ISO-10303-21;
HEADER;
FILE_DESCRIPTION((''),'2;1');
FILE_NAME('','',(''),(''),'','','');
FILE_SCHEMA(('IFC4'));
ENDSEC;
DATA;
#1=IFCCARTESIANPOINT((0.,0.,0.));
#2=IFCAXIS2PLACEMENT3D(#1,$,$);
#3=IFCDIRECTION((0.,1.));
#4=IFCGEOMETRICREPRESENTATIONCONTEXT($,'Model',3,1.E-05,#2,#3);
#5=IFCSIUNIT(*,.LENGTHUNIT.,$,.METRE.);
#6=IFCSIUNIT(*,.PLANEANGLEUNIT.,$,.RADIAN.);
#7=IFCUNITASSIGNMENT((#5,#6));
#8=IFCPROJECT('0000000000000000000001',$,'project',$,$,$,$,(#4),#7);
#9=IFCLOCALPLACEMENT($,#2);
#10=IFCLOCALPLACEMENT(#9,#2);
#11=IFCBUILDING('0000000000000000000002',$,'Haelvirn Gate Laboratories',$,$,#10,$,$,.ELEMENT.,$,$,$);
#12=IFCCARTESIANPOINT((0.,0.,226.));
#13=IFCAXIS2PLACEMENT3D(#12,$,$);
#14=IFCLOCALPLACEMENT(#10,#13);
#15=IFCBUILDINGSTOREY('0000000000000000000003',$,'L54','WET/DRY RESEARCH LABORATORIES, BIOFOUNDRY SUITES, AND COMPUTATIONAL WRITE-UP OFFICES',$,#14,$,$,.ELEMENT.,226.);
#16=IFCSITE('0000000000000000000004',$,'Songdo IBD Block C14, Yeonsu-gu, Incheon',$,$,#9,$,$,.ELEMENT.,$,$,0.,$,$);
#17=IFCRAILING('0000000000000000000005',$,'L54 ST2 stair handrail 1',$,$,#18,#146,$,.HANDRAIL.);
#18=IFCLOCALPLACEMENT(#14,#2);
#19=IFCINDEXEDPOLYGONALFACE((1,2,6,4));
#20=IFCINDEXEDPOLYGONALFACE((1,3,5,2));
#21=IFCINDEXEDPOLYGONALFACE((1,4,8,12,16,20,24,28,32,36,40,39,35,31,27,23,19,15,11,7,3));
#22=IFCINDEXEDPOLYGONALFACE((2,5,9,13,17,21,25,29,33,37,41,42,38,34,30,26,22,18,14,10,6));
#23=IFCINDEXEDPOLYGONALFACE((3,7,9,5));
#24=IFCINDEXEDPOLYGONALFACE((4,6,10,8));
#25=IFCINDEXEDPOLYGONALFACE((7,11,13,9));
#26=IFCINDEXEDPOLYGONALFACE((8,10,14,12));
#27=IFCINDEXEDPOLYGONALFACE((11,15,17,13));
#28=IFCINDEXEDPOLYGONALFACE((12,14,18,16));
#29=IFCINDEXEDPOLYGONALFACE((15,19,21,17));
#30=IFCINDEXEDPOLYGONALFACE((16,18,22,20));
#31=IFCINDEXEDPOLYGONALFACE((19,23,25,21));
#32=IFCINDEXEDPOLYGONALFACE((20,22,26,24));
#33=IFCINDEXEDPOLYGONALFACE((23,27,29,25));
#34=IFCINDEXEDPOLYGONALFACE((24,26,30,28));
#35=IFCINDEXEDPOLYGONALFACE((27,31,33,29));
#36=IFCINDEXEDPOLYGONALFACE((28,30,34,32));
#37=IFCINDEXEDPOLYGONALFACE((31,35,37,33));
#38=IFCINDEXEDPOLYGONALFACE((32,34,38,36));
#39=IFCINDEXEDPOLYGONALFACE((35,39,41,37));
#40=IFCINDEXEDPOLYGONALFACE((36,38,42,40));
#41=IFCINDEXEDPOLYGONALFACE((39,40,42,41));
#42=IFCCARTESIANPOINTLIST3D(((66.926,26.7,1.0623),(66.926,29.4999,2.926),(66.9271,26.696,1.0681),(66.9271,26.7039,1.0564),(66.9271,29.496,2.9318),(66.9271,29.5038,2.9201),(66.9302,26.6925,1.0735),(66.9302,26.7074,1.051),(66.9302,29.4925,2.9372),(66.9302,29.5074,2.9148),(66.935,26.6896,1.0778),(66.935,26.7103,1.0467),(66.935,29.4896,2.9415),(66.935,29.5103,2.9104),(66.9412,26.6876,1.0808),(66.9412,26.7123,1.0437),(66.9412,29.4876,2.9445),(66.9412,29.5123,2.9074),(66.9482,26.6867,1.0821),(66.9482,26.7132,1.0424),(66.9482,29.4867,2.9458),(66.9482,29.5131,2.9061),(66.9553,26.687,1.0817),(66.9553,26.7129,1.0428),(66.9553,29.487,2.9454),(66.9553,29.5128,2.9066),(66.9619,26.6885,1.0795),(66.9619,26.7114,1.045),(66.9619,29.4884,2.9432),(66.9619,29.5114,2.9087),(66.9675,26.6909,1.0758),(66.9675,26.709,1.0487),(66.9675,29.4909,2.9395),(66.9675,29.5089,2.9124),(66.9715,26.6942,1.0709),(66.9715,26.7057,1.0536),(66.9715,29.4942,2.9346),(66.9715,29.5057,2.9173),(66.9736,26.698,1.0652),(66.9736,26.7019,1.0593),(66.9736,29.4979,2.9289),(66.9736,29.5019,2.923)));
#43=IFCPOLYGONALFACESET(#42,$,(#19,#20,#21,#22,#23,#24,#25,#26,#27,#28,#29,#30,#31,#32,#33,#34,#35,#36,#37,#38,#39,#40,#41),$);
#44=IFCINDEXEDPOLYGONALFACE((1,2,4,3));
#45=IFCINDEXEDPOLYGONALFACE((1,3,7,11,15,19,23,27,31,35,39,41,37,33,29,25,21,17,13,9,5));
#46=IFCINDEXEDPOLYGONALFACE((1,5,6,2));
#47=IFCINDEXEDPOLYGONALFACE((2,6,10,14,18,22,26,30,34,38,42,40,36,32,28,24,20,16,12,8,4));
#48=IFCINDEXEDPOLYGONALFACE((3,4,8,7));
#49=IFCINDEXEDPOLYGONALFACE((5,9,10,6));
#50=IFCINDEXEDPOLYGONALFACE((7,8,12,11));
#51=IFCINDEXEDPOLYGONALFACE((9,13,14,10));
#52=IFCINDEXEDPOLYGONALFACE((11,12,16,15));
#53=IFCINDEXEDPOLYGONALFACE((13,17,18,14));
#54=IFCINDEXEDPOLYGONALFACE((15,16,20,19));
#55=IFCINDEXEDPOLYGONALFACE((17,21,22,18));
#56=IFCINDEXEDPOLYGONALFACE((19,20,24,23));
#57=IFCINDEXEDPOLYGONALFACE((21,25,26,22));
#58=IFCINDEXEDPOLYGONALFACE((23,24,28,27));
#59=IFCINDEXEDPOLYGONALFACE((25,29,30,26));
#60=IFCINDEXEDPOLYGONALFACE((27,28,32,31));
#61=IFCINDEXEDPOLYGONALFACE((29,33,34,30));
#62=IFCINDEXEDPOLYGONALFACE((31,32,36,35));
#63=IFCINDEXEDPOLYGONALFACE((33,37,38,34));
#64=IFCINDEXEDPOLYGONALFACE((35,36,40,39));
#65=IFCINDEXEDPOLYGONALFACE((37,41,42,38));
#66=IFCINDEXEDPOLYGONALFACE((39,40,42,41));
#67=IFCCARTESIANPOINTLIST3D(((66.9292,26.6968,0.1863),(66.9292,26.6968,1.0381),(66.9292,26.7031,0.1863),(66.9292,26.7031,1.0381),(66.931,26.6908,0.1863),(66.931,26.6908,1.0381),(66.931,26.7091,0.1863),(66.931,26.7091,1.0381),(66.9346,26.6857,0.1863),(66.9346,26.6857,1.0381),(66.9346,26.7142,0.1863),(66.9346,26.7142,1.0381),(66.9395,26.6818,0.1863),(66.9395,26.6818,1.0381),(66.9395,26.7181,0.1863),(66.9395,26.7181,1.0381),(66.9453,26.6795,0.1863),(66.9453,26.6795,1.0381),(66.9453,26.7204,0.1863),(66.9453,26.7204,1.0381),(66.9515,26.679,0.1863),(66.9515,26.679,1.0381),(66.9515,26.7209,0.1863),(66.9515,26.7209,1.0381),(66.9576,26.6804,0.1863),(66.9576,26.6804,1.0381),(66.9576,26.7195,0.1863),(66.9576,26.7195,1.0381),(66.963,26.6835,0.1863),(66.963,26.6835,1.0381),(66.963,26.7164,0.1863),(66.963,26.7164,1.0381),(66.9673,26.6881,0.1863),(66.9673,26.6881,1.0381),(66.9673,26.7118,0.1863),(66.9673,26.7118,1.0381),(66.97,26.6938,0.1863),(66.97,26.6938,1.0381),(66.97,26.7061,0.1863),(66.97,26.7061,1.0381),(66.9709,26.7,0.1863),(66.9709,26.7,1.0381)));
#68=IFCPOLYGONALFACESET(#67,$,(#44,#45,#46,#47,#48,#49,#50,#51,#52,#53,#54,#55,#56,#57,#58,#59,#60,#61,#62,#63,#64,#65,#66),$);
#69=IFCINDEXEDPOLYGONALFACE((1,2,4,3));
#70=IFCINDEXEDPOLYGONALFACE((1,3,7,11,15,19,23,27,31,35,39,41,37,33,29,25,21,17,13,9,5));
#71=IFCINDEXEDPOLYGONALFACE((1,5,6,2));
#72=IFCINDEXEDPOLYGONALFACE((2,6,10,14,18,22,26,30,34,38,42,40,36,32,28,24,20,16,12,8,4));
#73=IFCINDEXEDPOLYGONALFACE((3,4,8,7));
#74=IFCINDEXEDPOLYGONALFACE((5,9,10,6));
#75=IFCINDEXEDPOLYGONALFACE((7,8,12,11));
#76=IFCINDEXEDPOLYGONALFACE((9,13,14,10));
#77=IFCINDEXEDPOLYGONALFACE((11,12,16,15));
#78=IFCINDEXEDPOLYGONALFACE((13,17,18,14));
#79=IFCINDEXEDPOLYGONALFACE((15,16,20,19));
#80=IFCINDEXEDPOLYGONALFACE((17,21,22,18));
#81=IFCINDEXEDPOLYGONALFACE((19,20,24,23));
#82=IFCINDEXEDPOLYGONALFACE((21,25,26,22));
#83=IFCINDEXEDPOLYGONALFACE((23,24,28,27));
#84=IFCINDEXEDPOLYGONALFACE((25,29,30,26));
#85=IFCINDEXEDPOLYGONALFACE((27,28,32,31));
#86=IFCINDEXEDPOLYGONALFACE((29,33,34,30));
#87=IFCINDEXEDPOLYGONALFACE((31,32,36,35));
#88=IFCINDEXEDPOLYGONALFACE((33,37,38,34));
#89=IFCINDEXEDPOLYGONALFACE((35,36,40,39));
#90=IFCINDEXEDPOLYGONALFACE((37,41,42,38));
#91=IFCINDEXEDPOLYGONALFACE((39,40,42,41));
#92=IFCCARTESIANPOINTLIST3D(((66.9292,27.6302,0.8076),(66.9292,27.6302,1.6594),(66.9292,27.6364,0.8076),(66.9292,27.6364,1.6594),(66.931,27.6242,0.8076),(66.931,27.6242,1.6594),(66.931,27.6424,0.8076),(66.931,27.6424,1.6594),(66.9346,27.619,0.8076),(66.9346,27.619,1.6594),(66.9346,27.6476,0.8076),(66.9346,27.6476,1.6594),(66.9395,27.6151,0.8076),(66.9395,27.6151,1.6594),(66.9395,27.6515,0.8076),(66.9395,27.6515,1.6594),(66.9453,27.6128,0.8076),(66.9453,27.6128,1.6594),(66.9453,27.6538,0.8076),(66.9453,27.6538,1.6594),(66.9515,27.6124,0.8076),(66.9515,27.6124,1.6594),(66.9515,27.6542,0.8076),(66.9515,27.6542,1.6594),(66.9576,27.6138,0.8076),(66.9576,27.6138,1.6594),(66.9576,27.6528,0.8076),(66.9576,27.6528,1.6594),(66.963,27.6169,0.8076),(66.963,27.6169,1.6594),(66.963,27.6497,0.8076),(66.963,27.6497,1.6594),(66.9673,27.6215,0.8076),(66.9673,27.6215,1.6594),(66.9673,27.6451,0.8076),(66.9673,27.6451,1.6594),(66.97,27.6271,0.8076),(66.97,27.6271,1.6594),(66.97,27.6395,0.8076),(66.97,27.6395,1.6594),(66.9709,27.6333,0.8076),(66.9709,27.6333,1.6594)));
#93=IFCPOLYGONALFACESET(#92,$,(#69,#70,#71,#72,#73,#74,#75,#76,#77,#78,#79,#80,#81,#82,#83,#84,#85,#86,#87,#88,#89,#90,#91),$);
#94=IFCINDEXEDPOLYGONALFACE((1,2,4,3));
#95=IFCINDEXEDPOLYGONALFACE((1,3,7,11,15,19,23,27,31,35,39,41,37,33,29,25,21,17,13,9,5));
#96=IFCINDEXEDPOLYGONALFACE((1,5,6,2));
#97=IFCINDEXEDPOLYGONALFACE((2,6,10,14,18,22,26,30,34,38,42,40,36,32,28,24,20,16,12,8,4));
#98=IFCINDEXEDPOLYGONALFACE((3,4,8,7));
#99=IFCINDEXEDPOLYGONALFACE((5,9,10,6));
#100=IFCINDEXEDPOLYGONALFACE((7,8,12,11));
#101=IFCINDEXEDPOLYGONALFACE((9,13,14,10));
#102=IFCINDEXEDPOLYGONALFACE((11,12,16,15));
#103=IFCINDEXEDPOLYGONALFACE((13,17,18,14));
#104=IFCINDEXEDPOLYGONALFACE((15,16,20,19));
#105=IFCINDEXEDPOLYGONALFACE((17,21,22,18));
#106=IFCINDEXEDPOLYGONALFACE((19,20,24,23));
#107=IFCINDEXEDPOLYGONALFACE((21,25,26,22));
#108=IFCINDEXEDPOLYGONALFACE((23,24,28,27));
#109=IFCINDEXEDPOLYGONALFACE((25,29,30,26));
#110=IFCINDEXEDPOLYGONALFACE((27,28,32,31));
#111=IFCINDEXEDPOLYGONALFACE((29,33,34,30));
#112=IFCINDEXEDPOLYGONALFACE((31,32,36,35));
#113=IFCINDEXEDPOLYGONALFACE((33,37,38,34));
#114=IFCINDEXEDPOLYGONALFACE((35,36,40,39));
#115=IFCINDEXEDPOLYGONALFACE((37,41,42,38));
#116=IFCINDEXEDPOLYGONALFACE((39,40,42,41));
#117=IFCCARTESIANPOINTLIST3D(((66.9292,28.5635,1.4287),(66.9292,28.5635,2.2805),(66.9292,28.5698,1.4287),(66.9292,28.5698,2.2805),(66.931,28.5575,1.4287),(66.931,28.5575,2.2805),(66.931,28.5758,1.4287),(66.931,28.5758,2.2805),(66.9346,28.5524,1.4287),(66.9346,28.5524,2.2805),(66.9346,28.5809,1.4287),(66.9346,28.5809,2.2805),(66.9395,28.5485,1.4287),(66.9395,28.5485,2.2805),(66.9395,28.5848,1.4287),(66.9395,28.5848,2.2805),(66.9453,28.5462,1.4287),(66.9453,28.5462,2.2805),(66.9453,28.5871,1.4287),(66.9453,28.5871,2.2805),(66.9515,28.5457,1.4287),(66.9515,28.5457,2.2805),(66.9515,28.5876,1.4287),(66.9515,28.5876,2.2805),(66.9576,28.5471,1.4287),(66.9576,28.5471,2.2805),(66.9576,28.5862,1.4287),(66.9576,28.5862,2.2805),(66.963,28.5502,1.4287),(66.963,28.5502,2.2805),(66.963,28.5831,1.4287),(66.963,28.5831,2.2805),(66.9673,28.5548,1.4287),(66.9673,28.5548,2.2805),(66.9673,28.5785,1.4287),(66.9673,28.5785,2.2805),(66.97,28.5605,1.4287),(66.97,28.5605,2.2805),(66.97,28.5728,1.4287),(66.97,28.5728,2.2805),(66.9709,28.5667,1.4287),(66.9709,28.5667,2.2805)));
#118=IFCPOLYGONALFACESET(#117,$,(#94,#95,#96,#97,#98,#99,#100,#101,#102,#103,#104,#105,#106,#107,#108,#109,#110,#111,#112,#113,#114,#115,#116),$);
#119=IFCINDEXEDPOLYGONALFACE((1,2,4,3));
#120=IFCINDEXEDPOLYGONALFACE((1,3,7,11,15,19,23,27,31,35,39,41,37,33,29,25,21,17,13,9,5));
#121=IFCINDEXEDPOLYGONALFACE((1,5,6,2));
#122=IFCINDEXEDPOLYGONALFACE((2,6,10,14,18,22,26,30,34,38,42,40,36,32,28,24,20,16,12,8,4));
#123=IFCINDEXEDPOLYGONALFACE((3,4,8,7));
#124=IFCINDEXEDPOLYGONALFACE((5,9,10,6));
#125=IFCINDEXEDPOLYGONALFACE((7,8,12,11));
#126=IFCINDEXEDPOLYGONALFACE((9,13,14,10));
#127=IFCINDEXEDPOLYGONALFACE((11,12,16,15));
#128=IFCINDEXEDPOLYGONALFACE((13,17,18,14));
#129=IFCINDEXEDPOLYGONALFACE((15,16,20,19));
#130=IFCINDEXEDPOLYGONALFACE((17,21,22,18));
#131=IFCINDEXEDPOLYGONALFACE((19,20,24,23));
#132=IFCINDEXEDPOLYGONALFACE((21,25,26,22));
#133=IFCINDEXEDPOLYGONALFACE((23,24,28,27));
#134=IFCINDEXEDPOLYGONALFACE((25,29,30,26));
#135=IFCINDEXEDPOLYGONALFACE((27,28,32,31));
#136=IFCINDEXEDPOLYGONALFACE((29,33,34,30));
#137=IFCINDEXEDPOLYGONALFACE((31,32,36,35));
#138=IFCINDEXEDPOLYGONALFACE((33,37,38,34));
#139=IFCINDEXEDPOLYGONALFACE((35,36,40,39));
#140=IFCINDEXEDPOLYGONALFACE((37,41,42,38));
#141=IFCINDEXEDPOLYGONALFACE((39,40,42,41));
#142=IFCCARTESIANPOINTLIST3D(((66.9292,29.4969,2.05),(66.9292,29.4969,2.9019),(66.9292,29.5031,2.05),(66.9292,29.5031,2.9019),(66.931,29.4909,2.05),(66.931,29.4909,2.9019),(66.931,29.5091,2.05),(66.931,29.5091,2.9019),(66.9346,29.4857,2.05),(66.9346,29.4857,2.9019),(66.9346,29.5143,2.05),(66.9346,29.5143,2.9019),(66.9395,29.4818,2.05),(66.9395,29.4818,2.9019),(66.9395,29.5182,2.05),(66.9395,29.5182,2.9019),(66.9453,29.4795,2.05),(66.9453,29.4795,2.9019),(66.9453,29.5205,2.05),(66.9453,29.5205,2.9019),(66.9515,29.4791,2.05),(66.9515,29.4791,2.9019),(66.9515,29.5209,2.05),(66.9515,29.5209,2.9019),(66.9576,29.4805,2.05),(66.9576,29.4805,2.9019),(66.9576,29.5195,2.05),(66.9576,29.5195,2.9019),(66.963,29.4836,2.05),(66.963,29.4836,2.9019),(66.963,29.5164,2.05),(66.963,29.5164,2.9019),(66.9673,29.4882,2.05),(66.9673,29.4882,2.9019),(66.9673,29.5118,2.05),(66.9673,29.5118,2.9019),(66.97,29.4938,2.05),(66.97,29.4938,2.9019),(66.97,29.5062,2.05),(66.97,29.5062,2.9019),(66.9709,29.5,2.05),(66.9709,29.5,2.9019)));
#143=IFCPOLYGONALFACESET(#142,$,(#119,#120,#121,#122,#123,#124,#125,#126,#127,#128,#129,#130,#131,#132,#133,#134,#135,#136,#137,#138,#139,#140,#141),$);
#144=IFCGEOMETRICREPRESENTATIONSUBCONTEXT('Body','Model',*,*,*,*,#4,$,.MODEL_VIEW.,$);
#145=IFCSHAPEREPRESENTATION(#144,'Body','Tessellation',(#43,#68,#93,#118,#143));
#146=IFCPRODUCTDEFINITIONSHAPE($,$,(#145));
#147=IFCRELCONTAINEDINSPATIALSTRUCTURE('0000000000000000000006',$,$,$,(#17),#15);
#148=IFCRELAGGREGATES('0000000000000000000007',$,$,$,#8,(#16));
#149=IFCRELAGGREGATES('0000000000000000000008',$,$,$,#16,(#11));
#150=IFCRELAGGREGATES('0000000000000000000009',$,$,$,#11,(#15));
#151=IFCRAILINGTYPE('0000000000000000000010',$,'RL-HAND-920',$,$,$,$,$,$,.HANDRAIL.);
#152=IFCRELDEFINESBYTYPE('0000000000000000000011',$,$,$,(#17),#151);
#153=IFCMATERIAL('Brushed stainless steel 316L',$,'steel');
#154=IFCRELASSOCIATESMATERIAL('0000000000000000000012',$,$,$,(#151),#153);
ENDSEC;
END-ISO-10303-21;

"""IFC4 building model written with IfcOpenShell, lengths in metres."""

from ifc_helpers import new_model, si_unit, direction, frame, origin, origin_2d, place, context, subcontext, project, spatial, circle, extrude, source, transform, mapped, material, type_object, element, save


model = new_model("IFC4")

# Units and contexts
model_context = context("Model", 3, precision=1e-05, world=origin(), true_north=direction((0.0, 1.0)))
body_context = subcontext(model_context, "Body", "Model", "MODEL_VIEW")
ifc_project = project(units=[si_unit("LENGTHUNIT", "METRE"), si_unit("PLANEANGLEUNIT", "RADIAN")], contexts=[model_context])

# Site, building, storey
site_placement = place(None, origin())
site = spatial("IfcSite", under=ifc_project, at=site_placement, Name="Songdo IBD Block C14, Yeonsu-gu, Incheon", CompositionType="ELEMENT", RefElevation=0.0)
building_placement = place(site_placement, origin())
building = spatial("IfcBuilding", under=site, at=building_placement, Name="Haelvirn Gate Laboratories", CompositionType="ELEMENT")
storey_placement = place(building_placement, frame((0.0, 0.0, 226.0)))
storey = spatial("IfcBuildingStorey", under=building, at=storey_placement, Name="L54", Description="WET/DRY RESEARCH LABORATORIES, BIOFOUNDRY SUITES, AND COMPUTATIONAL WRITE-UP OFFICES", CompositionType="ELEMENT", Elevation=226.0)

# Railing
ifc_material_1 = material(Name="Brushed stainless steel 316L", Category="steel")
railing_type_1 = type_object("IfcRailingType", Name="RL-HAND-920", PredefinedType="HANDRAIL", material=ifc_material_1)
shared_shape_1 = source(origin(), body_context, "Body", "SweptSolid", [
    extrude(circle(Radius=0.0239, at=origin_2d()), frame((0.0, 0.0, 0.876), z_axis=(0.0, 0.832452, 0.554097), x_axis=(-1.0, 0.0, 0.0)), (0.0, 0.0, 1.0), 3.3635),
    extrude(circle(Radius=0.021, at=origin_2d()), origin(), (0.0, 0.0, 1.0), 0.8518),
    extrude(circle(Radius=0.021, at=origin_2d()), frame((0.0, 0.9333, 0.6213)), (0.0, 0.0, 1.0), 0.8518),
    extrude(circle(Radius=0.021, at=origin_2d()), frame((0.0, 1.8667, 1.2424)), (0.0, 0.0, 1.0), 0.8518),
    extrude(circle(Radius=0.021, at=origin_2d()), frame((0.0, 2.8, 1.8638)), (0.0, 0.0, 1.0), 0.8518),
])
railing_1_placement = place(storey_placement, frame((66.95, 26.7, 0.1863)))
element("IfcRailing", 1, at=railing_1_placement, inside=storey, type_object=railing_type_1, Name="L54 ST2 stair handrail 1", PredefinedType="HANDRAIL", context=body_context, shape_type="MappedRepresentation", body=[
    mapped(shared_shape_1, transform((0.0, 0.0, 0.0), scale=1.0)),
])

save(model, "model.ifc")
